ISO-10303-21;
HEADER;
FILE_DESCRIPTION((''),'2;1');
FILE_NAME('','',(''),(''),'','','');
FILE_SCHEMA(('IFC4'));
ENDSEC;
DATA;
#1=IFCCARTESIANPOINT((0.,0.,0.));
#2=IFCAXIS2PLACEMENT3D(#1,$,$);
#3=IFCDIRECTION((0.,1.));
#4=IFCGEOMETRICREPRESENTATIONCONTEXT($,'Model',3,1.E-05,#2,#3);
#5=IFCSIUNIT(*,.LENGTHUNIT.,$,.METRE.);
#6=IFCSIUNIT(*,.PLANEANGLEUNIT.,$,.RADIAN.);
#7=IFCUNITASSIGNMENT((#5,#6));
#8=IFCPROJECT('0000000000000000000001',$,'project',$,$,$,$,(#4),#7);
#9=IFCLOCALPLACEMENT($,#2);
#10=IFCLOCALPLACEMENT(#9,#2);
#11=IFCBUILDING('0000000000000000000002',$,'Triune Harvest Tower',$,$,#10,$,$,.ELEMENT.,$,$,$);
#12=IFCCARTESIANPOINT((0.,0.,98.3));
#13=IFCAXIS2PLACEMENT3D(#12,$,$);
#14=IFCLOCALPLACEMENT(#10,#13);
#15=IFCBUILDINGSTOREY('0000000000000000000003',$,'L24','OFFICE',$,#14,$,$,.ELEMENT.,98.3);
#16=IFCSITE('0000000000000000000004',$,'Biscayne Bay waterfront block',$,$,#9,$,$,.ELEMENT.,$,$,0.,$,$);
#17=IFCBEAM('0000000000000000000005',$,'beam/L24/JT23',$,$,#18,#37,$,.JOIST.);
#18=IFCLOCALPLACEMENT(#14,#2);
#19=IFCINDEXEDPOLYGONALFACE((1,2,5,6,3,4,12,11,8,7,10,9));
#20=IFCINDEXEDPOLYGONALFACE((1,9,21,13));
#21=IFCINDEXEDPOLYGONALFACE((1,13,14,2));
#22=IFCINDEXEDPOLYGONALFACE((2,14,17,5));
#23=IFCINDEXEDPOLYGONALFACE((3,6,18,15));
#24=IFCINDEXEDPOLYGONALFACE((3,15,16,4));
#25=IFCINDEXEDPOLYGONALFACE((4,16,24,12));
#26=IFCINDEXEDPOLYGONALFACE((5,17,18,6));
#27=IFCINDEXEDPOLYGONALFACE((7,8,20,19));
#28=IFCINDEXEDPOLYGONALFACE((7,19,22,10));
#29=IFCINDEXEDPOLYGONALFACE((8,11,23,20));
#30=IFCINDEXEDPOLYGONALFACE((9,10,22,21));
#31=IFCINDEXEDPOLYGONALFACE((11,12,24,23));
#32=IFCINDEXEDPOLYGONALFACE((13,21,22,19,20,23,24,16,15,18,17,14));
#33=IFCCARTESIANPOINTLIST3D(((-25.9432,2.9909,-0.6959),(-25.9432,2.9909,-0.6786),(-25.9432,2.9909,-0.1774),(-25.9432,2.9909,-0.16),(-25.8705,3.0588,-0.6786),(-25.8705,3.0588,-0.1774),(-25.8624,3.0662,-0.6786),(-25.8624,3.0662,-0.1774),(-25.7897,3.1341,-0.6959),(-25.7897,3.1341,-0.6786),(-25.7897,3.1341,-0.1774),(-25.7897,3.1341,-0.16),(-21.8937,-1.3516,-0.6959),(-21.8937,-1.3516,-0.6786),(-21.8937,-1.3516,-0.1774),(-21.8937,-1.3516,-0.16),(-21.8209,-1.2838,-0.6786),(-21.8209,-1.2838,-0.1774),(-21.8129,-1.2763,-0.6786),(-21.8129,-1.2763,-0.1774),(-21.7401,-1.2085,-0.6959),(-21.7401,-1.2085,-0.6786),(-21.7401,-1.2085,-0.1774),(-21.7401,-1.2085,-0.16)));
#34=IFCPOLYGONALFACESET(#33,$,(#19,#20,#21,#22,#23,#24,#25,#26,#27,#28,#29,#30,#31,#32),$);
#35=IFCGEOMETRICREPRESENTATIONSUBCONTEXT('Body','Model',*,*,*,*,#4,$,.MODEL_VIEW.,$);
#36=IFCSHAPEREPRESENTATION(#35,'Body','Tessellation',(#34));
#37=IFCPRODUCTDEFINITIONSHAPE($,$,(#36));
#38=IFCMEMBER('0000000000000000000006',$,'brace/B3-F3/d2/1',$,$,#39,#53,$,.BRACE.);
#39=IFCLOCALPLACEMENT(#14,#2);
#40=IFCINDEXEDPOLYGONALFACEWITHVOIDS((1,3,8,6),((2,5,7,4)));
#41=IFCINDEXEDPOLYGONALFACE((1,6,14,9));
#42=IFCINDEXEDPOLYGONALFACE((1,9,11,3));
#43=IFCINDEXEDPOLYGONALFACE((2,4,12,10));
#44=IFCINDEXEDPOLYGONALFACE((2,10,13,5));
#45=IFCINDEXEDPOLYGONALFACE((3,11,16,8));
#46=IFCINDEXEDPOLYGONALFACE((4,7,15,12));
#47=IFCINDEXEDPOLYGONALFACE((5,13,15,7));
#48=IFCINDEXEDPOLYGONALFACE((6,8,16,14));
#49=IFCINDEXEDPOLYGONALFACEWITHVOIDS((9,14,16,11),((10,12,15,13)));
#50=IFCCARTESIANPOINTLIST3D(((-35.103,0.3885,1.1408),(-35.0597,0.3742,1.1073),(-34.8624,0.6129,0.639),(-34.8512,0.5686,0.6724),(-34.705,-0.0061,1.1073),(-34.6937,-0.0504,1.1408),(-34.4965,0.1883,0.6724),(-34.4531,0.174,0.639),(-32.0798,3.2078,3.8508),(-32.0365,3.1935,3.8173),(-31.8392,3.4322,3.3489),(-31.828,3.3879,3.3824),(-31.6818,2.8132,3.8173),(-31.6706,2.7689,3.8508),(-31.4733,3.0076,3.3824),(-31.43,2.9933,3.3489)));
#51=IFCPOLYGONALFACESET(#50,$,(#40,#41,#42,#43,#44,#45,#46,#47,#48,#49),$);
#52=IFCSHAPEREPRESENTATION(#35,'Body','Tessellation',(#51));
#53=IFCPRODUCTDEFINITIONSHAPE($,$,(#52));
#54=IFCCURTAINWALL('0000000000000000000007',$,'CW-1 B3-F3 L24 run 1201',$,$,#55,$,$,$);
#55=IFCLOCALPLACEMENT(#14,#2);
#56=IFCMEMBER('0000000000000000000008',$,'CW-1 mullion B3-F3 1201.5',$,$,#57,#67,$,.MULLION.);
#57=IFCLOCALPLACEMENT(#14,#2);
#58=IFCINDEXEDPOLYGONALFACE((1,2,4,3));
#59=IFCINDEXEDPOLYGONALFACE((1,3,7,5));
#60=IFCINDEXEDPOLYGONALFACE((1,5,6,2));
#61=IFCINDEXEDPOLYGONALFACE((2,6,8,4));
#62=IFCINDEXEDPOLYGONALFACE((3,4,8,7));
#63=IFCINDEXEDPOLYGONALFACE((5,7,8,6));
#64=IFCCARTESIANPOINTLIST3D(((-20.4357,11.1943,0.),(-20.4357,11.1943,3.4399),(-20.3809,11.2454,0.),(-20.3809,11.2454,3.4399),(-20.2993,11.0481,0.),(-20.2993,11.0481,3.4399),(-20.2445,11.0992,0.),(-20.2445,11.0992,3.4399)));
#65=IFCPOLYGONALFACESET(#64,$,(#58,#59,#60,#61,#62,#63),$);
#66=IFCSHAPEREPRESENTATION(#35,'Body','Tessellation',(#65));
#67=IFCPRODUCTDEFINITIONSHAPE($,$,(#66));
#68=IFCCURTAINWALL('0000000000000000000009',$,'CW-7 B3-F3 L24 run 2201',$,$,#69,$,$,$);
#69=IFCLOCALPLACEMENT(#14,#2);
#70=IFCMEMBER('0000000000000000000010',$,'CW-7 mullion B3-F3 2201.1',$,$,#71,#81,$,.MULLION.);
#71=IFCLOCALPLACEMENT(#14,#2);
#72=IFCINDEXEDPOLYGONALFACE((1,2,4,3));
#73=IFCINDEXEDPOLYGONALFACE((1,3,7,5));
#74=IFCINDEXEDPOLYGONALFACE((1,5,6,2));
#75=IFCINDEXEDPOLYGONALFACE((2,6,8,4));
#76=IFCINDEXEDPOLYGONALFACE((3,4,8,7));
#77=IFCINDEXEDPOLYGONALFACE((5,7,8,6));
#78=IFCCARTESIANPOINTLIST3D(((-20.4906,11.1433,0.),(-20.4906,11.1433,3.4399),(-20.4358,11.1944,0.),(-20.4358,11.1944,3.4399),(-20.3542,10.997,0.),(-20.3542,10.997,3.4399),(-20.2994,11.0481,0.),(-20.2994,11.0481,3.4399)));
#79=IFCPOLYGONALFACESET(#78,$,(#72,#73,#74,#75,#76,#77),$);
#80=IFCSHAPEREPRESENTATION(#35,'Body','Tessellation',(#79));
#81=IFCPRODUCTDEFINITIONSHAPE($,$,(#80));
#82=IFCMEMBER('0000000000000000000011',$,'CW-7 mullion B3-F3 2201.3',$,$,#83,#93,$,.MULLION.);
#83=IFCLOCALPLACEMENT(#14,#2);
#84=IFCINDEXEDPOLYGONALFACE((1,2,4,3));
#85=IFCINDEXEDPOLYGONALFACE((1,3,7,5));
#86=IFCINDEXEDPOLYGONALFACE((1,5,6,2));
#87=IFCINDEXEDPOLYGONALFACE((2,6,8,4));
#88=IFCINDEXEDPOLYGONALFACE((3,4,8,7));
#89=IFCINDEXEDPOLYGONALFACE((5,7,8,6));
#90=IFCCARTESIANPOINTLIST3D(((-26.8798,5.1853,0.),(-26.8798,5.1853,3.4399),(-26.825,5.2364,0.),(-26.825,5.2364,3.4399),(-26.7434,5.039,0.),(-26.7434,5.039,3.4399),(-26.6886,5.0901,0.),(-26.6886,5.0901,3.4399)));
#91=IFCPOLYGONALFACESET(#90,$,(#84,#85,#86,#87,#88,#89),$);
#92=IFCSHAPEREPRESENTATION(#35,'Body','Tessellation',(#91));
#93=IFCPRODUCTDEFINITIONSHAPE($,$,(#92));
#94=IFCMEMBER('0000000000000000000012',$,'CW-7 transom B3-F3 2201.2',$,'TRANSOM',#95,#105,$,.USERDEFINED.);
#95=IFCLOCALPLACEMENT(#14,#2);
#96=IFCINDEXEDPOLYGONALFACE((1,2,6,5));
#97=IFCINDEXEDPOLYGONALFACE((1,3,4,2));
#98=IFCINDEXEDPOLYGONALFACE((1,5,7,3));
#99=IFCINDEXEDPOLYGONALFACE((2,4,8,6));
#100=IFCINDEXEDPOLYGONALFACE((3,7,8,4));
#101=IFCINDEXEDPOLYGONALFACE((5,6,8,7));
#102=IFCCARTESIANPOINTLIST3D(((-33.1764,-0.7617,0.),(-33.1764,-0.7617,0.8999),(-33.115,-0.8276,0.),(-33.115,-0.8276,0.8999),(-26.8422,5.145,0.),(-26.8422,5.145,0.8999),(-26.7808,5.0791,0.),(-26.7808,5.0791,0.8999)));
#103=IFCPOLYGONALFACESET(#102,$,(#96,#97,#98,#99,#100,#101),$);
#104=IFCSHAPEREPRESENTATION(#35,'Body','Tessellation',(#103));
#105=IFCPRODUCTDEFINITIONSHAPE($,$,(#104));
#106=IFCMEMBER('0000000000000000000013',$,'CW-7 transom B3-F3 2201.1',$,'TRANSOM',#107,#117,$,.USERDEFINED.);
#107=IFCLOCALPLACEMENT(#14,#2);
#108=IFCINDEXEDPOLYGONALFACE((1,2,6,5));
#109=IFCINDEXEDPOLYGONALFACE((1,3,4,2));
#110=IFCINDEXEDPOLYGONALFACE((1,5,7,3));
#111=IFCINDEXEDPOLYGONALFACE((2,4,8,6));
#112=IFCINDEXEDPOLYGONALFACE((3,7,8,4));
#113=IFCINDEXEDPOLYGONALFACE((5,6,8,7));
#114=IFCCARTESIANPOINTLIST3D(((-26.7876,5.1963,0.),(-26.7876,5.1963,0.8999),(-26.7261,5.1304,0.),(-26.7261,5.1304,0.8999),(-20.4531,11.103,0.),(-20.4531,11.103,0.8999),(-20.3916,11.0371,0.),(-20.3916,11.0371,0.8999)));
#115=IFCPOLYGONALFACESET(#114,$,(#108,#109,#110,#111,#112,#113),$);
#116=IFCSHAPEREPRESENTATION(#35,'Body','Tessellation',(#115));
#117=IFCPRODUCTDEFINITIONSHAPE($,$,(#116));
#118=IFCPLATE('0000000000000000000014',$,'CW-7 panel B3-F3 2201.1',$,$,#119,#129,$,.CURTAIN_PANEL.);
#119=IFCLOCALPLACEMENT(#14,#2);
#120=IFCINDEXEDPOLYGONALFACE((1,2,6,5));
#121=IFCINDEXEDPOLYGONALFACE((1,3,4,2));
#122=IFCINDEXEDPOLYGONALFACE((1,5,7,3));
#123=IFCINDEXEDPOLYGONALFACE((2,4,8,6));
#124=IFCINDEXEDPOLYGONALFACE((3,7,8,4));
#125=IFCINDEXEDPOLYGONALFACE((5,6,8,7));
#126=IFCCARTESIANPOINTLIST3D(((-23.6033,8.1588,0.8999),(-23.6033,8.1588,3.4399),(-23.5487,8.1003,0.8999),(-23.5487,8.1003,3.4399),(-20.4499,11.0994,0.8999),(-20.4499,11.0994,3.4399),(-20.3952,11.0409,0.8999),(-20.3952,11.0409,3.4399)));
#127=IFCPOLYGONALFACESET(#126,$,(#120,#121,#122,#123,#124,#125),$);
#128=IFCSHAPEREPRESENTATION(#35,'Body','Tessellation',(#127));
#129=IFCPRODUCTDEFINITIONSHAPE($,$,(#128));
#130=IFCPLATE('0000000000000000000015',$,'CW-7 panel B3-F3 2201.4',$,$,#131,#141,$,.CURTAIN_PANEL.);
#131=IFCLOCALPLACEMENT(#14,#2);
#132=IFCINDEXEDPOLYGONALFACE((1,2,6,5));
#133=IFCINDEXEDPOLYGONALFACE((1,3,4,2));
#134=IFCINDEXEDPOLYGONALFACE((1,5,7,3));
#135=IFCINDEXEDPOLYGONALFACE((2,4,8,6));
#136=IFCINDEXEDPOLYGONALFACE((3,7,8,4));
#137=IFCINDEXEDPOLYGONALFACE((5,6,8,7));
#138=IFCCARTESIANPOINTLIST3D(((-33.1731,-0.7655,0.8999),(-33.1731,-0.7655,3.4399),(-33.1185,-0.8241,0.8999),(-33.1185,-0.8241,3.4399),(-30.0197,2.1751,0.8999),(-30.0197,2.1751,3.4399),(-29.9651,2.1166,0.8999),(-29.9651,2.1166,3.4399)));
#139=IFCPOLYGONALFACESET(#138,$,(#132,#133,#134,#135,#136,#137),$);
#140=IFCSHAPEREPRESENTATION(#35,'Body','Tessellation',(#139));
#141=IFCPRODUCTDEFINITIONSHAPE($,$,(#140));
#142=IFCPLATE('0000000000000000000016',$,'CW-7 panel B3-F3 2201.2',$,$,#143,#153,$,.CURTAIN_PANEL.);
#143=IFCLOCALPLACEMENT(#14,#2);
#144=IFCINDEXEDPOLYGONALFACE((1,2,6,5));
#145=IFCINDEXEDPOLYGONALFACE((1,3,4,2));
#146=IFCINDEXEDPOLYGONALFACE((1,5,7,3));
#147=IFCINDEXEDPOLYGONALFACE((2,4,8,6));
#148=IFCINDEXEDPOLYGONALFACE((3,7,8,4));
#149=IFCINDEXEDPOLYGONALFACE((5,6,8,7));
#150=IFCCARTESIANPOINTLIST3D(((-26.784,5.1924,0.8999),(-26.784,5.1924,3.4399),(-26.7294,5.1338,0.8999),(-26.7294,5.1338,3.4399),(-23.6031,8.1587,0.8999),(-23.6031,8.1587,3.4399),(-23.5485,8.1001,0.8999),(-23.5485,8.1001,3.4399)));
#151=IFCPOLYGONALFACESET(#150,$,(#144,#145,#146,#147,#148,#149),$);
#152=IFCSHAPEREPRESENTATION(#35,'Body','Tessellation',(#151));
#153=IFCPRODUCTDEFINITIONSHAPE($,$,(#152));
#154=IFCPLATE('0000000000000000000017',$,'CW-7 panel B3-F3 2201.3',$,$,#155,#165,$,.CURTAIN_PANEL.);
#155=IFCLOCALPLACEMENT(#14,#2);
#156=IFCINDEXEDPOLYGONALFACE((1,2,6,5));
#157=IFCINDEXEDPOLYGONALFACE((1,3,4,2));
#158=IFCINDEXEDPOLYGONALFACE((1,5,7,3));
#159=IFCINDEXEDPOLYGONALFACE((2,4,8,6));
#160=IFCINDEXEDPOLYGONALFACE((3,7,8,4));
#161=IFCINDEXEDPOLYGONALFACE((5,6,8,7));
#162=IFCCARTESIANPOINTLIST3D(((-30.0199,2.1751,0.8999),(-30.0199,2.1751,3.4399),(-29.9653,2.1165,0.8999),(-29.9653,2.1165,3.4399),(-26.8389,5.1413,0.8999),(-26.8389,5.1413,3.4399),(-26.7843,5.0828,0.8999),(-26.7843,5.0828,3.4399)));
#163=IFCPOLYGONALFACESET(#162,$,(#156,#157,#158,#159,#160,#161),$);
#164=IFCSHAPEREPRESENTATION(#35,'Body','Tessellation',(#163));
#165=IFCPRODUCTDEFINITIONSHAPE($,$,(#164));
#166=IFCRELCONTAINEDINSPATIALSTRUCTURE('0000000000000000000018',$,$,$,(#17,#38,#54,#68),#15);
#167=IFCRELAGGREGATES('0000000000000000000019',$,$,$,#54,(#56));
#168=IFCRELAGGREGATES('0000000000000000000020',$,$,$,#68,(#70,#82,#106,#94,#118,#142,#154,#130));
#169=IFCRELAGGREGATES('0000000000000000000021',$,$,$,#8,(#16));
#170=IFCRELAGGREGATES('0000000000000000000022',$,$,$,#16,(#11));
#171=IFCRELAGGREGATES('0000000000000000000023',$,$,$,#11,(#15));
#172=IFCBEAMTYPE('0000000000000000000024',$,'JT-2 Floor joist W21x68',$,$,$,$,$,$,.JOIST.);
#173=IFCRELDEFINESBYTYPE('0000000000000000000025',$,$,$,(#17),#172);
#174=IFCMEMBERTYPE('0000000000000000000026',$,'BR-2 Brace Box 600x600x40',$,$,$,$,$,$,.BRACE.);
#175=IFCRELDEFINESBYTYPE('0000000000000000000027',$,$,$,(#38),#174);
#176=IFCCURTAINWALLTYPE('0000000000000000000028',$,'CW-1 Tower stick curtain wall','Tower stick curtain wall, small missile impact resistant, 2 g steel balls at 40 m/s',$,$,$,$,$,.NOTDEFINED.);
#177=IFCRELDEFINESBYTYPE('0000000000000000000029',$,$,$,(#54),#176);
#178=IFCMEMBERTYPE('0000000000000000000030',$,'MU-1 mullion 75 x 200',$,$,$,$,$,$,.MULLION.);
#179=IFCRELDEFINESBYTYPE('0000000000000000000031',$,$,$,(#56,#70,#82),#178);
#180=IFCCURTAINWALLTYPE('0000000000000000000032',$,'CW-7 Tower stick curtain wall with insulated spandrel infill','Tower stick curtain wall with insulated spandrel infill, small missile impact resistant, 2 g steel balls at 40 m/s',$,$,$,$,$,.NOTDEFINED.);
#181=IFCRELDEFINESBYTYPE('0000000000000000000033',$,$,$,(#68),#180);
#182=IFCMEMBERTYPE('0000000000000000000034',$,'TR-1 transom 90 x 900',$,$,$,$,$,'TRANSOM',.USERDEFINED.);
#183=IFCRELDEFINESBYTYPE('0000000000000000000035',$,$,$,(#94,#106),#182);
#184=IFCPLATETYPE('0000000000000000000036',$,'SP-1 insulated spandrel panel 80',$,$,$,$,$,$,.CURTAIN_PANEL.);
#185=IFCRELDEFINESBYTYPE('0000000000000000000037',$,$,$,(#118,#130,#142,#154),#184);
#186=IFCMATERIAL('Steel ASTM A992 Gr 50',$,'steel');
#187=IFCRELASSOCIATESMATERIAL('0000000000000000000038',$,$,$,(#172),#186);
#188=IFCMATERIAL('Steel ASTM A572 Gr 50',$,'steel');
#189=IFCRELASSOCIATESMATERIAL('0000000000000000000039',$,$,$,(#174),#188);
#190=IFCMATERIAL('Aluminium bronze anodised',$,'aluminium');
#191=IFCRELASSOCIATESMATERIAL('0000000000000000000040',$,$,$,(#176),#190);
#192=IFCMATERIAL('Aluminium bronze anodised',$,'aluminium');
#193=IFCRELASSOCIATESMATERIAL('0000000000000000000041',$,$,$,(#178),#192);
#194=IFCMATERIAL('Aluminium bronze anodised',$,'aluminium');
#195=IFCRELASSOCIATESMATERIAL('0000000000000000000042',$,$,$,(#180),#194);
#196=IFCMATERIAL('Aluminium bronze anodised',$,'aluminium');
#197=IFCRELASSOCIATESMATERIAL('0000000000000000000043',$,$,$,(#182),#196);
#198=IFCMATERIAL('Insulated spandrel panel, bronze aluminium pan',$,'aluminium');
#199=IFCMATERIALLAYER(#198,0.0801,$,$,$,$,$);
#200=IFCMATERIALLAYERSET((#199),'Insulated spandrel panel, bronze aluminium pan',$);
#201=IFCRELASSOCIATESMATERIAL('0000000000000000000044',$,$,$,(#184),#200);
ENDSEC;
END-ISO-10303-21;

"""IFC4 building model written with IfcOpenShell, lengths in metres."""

from ifc_helpers import new_model, si_unit, direction, frame, origin, origin_2d, place, context, subcontext, project, spatial, rectangle, hollow_rectangle, i_section, extrude, source, transform, mapped, material, layer, layer_set, material_profile, profile_set, type_object, element, aggregate, save


model = new_model("IFC4")

# Units and contexts
model_context = context("Model", 3, precision=1e-05, world=origin(), true_north=direction((0.0, 1.0)))
body_context = subcontext(model_context, "Body", "Model", "MODEL_VIEW")
ifc_project = project(units=[si_unit("LENGTHUNIT", "METRE"), si_unit("PLANEANGLEUNIT", "RADIAN")], contexts=[model_context])

# Site, building, storey
site_placement = place(None, origin())
site = spatial("IfcSite", under=ifc_project, at=site_placement, Name="Biscayne Bay waterfront block", CompositionType="ELEMENT", RefElevation=0.0)
building_placement = place(site_placement, origin())
building = spatial("IfcBuilding", under=site, at=building_placement, Name="Triune Harvest Tower", CompositionType="ELEMENT")
storey_placement = place(building_placement, frame((0.0, 0.0, 98.3)))
storey = spatial("IfcBuildingStorey", under=building, at=storey_placement, Name="L24", Description="OFFICE", CompositionType="ELEMENT", Elevation=98.3)

# Beam
ifc_material_1 = material(Name="Steel ASTM A992 Gr 50", Category="steel")
ifc_material_profile_1 = material_profile(ifc_material_1, i_section(OverallWidth=0.21, OverallDepth=0.5359, WebThickness=0.011, FlangeThickness=0.0173, at=origin_2d()), Name="W21x68")
ifc_profile_set_1 = profile_set([ifc_material_profile_1], Name="Steel ASTM A992 Gr 50")
beam_type_1 = type_object("IfcBeamType", Name="JT-2 Floor joist W21x68", PredefinedType="JOIST", material=ifc_profile_set_1)
shared_shape_1 = source(origin(), body_context, "Body", "SweptSolid", [
    extrude(i_section(OverallWidth=0.21, OverallDepth=0.5359, WebThickness=0.011, FlangeThickness=0.0173, at=origin_2d()), origin(), (0.0, 0.0, 1.0), 5.9377),
])
beam_1_placement = place(storey_placement, frame((-25.8665, 3.0625, -0.428), z_axis=(0.682006, -0.731346, 0.0), x_axis=(0.731346, 0.682006, 0.0)))
element("IfcBeam", 1, at=beam_1_placement, inside=storey, type_object=beam_type_1, Name="beam/L24/JT23", PredefinedType="JOIST", context=body_context, shape_type="MappedRepresentation", body=[
    mapped(shared_shape_1, transform((0.0, 0.0, 0.0), scale=1.0)),
])

# Member
ifc_material_2 = material(Name="Steel ASTM A572 Gr 50", Category="steel")
ifc_material_profile_2 = material_profile(ifc_material_2, hollow_rectangle(XDim=0.6001, YDim=0.6001, WallThickness=0.04, at=origin_2d()), Name="Box 600x600x40")
ifc_profile_set_2 = profile_set([ifc_material_profile_2], Name="Steel ASTM A572 Gr 50")
member_type_1 = type_object("IfcMemberType", Name="BR-2 Brace Box 600x600x40", PredefinedType="BRACE", material=ifc_profile_set_2)
shared_shape_2 = source(origin(), body_context, "Body", "SweptSolid", [
    extrude(hollow_rectangle(XDim=0.6001, YDim=0.6001, WallThickness=0.04, at=origin_2d()), origin(), (0.0, 0.0, 1.0), 4.9429),
])
member_1_placement = place(storey_placement, frame((-34.7781, 0.2812, 0.8899), z_axis=(0.611624, 0.570381, 0.548253), x_axis=(-0.682019, 0.731334, 0.0)))
element("IfcMember", 2, at=member_1_placement, inside=storey, type_object=member_type_1, Name="brace/B3-F3/d2/1", PredefinedType="BRACE", context=body_context, shape_type="MappedRepresentation", body=[
    mapped(shared_shape_2, transform((0.0, 0.0, 0.0), scale=1.0)),
])

# Curtain wall, member
ifc_material_3 = material(Name="Aluminium bronze anodised", Category="aluminium")
curtain_wall_type_1 = type_object("IfcCurtainWallType", Name="CW-1 Tower stick curtain wall", Description="Tower stick curtain wall, small missile impact resistant, 2 g steel balls at 40 m/s", PredefinedType="NOTDEFINED", material=ifc_material_3)
curtain_wall_1_placement = place(storey_placement, origin())
curtain_wall_1 = element("IfcCurtainWall", 3, at=curtain_wall_1_placement, inside=storey, type_object=curtain_wall_type_1, Name="CW-1 B3-F3 L24 run 1201")
ifc_material_4 = material(Name="Aluminium bronze anodised", Category="aluminium")
ifc_material_profile_3 = material_profile(ifc_material_4, rectangle(XDim=0.2, YDim=0.075, at=origin_2d()), Name="MU-1 mullion 75 x 200")
ifc_profile_set_3 = profile_set([ifc_material_profile_3], Name="Aluminium bronze anodised")
member_type_2 = type_object("IfcMemberType", Name="MU-1 mullion 75 x 200", PredefinedType="MULLION", material=ifc_profile_set_3)
shared_shape_3 = source(origin(), body_context, "Body", "SweptSolid", [
    extrude(rectangle(XDim=0.2, YDim=0.075, at=origin_2d()), origin(), (0.0, 0.0, 1.0), 3.4399),
])
member_2_placement = place(storey_placement, frame((-20.3401, 11.1467, 0.0), z_axis=(0.0, 0.0, 1.0), x_axis=(0.681997, -0.731355, 0.0)))
member_2 = element("IfcMember", 4, at=member_2_placement, type_object=member_type_2, Name="CW-1 mullion B3-F3 1201.5", PredefinedType="MULLION", context=body_context, shape_type="MappedRepresentation", body=[
    mapped(shared_shape_3, transform((0.0, 0.0, 0.0), scale=1.0)),
])
aggregate(curtain_wall_1, [member_2])

# Curtain wall, members, plates
ifc_material_5 = material(Name="Aluminium bronze anodised", Category="aluminium")
curtain_wall_type_2 = type_object("IfcCurtainWallType", Name="CW-7 Tower stick curtain wall with insulated spandrel infill", Description="Tower stick curtain wall with insulated spandrel infill, small missile impact resistant, 2 g steel balls at 40 m/s", PredefinedType="NOTDEFINED", material=ifc_material_5)
curtain_wall_2_placement = place(storey_placement, origin())
curtain_wall_2 = element("IfcCurtainWall", 5, at=curtain_wall_2_placement, inside=storey, type_object=curtain_wall_type_2, Name="CW-7 B3-F3 L24 run 2201")
member_3_placement = place(storey_placement, frame((-20.395, 11.0957, 0.0), z_axis=(0.0, 0.0, 1.0), x_axis=(0.682, -0.731353, 0.0)))
member_3 = element("IfcMember", 6, at=member_3_placement, type_object=member_type_2, Name="CW-7 mullion B3-F3 2201.1", PredefinedType="MULLION", context=body_context, shape_type="MappedRepresentation", body=[
    mapped(shared_shape_3, transform((0.0, 0.0, 0.0), scale=1.0)),
])
member_4_placement = place(storey_placement, frame((-26.7842, 5.1377, 0.0), z_axis=(0.0, 0.0, 1.0), x_axis=(0.682, -0.731353, 0.0)))
member_4 = element("IfcMember", 7, at=member_4_placement, type_object=member_type_2, Name="CW-7 mullion B3-F3 2201.3", PredefinedType="MULLION", context=body_context, shape_type="MappedRepresentation", body=[
    mapped(shared_shape_3, transform((0.0, 0.0, 0.0), scale=1.0)),
])
ifc_material_6 = material(Name="Aluminium bronze anodised", Category="aluminium")
ifc_material_profile_4 = material_profile(ifc_material_6, rectangle(XDim=0.0901, YDim=0.8999, at=origin_2d()), Name="TR-1 transom 90 x 900")
ifc_profile_set_4 = profile_set([ifc_material_profile_4], Name="Aluminium bronze anodised")
member_type_3 = type_object("IfcMemberType", Name="TR-1 transom 90 x 900", ElementType="TRANSOM", PredefinedType="USERDEFINED", material=ifc_profile_set_4)
shared_shape_4 = source(origin(), body_context, "Body", "SweptSolid", [
    extrude(rectangle(XDim=0.0901, YDim=0.8999, at=origin_2d()), origin(), (0.0, 0.0, 1.0), 8.6609),
])
member_5_placement = place(storey_placement, frame((-26.8115, 5.1121, 0.45), z_axis=(-0.731355, -0.681997, 0.0), x_axis=(0.681997, -0.731355, 0.0)))
member_5 = element("IfcMember", 8, at=member_5_placement, type_object=member_type_3, Name="CW-7 transom B3-F3 2201.2", ObjectType="TRANSOM", PredefinedType="USERDEFINED", context=body_context, shape_type="MappedRepresentation", body=[
    mapped(shared_shape_4, transform((0.0, 0.0, 0.0), scale=1.0)),
])
shared_shape_5 = source(origin(), body_context, "Body", "SweptSolid", [
    extrude(rectangle(XDim=0.0901, YDim=0.8999, at=origin_2d()), origin(), (0.0, 0.0, 1.0), 8.6611),
])
member_6_placement = place(storey_placement, frame((-20.4224, 11.0701, 0.45), z_axis=(-0.731368, -0.681983, 0.0), x_axis=(0.681983, -0.731368, 0.0)))
member_6 = element("IfcMember", 9, at=member_6_placement, type_object=member_type_3, Name="CW-7 transom B3-F3 2201.1", ObjectType="TRANSOM", PredefinedType="USERDEFINED", context=body_context, shape_type="MappedRepresentation", body=[
    mapped(shared_shape_5, transform((0.0, 0.0, 0.0), scale=1.0)),
])
ifc_material_7 = material(Name="Insulated spandrel panel, bronze aluminium pan", Category="aluminium")
ifc_layer_1 = layer(ifc_material_7, 0.0801)
ifc_layer_set_1 = layer_set([ifc_layer_1], Name="Insulated spandrel panel, bronze aluminium pan")
plate_type = type_object("IfcPlateType", Name="SP-1 insulated spandrel panel 80", PredefinedType="CURTAIN_PANEL", material=ifc_layer_set_1)
shared_shape_6 = source(origin(), body_context, "Body", "SweptSolid", [
    extrude(rectangle(XDim=4.3118, YDim=0.0801, at=origin_2d()), origin(), (0.0, 0.0, 1.0), 2.54),
])
plate_1_placement = place(storey_placement, frame((-21.9993, 9.5999, 0.8999), z_axis=(0.0, 0.0, 1.0), x_axis=(-0.731353, -0.682, 0.0)))
plate_1 = element("IfcPlate", 10, at=plate_1_placement, type_object=plate_type, Name="CW-7 panel B3-F3 2201.1", PredefinedType="CURTAIN_PANEL", context=body_context, shape_type="MappedRepresentation", body=[
    mapped(shared_shape_6, transform((0.0, 0.0, 0.0), scale=1.0)),
])
plate_2_placement = place(storey_placement, frame((-31.5691, 0.6755, 0.8999), z_axis=(0.0, 0.0, 1.0), x_axis=(-0.731353, -0.682, 0.0)))
plate_2 = element("IfcPlate", 11, at=plate_2_placement, type_object=plate_type, Name="CW-7 panel B3-F3 2201.4", PredefinedType="CURTAIN_PANEL", context=body_context, shape_type="MappedRepresentation", body=[
    mapped(shared_shape_6, transform((0.0, 0.0, 0.0), scale=1.0)),
])
shared_shape_7 = source(origin(), body_context, "Body", "SweptSolid", [
    extrude(rectangle(XDim=4.3494, YDim=0.0801, at=origin_2d()), origin(), (0.0, 0.0, 1.0), 2.54),
])
plate_3_placement = place(storey_placement, frame((-25.1663, 6.6462, 0.8999), z_axis=(0.0, 0.0, 1.0), x_axis=(-0.731353, -0.682, 0.0)))
plate_3 = element("IfcPlate", 12, at=plate_3_placement, type_object=plate_type, Name="CW-7 panel B3-F3 2201.2", PredefinedType="CURTAIN_PANEL", context=body_context, shape_type="MappedRepresentation", body=[
    mapped(shared_shape_7, transform((0.0, 0.0, 0.0), scale=1.0)),
])
plate_4_placement = place(storey_placement, frame((-28.4021, 3.6289, 0.8999), z_axis=(0.0, 0.0, 1.0), x_axis=(-0.731353, -0.682, 0.0)))
plate_4 = element("IfcPlate", 13, at=plate_4_placement, type_object=plate_type, Name="CW-7 panel B3-F3 2201.3", PredefinedType="CURTAIN_PANEL", context=body_context, shape_type="MappedRepresentation", body=[
    mapped(shared_shape_7, transform((0.0, 0.0, 0.0), scale=1.0)),
])
aggregate(curtain_wall_2, [member_3, member_4, member_6, member_5, plate_1, plate_3, plate_4, plate_2])

save(model, "model.ifc")
